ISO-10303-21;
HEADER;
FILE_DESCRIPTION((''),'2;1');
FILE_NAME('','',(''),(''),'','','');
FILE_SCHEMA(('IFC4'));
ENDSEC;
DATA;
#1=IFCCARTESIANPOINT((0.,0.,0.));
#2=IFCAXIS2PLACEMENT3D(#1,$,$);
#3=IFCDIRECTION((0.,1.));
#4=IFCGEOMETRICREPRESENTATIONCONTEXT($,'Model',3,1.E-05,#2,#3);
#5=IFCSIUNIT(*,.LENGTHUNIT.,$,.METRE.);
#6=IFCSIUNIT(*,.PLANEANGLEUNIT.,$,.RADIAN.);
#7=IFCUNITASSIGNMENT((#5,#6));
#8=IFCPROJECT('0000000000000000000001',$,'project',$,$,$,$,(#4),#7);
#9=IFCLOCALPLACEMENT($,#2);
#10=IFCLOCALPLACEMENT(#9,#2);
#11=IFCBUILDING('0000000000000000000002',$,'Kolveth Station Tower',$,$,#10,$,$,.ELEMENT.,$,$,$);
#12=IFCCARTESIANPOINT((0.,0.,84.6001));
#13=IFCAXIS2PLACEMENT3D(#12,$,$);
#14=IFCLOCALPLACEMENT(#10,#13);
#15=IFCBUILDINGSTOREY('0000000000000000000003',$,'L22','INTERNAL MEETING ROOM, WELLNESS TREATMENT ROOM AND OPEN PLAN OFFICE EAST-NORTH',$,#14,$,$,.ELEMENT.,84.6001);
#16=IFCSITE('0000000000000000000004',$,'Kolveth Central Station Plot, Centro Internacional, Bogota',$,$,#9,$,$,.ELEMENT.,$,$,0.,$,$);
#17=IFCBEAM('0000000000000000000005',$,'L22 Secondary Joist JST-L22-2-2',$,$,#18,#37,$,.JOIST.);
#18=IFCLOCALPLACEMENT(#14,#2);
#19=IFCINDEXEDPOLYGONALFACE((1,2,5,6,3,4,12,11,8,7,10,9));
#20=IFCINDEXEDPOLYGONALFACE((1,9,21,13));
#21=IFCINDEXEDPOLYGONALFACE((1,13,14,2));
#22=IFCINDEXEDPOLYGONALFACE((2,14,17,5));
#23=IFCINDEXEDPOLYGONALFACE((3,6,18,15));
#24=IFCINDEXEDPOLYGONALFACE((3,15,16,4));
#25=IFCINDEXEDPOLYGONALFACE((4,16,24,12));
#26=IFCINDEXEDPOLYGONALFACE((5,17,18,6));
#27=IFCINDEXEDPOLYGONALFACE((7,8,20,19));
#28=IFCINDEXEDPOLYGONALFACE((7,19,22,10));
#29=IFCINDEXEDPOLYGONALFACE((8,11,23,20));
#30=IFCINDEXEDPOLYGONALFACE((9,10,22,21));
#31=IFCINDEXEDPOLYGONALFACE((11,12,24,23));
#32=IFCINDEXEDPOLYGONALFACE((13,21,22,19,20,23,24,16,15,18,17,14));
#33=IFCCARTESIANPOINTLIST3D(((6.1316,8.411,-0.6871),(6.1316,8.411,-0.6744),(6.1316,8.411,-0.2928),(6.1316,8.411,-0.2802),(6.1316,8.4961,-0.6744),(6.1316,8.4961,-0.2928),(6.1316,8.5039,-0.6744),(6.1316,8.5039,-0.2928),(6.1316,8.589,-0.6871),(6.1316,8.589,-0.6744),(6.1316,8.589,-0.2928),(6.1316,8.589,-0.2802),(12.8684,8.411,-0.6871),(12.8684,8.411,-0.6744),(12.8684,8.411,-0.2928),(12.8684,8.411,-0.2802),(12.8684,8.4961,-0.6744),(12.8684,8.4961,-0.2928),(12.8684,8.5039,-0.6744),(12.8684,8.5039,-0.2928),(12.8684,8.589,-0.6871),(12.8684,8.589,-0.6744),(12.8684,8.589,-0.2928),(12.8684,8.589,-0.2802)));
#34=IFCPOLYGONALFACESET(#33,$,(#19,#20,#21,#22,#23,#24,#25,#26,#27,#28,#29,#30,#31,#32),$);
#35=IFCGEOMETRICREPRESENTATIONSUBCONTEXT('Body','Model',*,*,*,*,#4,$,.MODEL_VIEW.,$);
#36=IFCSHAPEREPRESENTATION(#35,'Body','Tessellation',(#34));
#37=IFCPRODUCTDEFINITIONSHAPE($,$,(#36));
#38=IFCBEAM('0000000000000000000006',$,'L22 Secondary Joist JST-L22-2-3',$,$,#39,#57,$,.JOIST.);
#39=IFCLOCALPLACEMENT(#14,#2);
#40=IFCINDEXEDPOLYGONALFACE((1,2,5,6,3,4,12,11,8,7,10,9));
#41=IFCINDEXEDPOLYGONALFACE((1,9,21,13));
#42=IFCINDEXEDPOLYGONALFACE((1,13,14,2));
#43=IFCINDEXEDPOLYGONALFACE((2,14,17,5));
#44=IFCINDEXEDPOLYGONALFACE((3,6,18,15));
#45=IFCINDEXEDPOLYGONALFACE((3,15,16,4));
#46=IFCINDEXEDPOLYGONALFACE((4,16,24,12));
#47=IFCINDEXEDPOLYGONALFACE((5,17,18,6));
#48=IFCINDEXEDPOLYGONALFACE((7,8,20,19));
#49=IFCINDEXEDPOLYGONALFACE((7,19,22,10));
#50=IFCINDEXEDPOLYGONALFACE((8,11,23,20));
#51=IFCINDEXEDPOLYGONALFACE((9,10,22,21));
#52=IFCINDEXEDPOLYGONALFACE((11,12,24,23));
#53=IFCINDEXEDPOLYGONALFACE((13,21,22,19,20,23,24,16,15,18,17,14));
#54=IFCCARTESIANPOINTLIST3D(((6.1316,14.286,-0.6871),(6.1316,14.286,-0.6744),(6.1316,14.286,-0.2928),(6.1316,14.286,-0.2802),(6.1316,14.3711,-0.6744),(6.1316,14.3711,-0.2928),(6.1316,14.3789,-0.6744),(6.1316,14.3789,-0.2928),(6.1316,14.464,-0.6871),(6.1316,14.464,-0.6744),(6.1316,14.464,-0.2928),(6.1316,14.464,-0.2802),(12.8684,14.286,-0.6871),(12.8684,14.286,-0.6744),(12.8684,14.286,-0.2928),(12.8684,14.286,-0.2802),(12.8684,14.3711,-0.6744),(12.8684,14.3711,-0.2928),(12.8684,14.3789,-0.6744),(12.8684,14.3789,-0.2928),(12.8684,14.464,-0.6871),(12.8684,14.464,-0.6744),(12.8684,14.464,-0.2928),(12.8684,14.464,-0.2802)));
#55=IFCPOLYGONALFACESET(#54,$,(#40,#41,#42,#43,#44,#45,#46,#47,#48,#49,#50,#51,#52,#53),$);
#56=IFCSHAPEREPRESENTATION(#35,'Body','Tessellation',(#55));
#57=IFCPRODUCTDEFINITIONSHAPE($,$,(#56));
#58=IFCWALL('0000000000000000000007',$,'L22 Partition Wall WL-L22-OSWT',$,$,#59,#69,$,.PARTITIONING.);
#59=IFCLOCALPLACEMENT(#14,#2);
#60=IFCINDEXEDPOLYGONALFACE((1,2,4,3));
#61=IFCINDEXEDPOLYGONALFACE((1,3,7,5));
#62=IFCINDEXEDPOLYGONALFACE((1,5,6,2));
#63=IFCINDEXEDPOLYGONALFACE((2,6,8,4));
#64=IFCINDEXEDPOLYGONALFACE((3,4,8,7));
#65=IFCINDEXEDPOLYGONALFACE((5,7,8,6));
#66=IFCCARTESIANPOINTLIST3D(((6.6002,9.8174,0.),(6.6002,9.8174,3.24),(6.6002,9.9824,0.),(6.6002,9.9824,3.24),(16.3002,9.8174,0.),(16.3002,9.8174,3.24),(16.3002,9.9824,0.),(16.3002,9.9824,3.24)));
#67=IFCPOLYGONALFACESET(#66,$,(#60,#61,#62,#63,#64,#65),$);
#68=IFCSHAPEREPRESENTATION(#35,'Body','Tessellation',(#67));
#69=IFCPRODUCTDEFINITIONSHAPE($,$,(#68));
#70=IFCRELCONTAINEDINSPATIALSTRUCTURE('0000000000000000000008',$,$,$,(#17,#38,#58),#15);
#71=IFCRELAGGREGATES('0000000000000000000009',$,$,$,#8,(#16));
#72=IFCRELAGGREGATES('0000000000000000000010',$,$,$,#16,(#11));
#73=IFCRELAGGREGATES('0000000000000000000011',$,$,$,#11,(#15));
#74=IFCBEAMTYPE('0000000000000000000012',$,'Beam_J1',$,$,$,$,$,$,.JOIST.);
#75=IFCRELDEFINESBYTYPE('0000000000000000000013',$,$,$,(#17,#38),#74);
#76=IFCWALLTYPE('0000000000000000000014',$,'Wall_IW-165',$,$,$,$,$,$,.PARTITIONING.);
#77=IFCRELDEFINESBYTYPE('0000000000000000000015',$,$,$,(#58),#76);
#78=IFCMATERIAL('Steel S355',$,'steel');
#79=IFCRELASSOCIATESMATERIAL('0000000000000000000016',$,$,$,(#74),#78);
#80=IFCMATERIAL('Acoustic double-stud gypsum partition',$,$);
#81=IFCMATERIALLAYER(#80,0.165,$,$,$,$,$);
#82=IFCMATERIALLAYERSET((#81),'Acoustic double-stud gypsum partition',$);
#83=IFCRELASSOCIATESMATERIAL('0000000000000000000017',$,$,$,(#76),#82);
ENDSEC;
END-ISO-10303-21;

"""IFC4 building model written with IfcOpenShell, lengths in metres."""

from ifc_helpers import new_model, si_unit, direction, frame, frame_2d, origin, origin_2d, place, context, subcontext, project, spatial, rectangle, i_section, extrude, source, transform, mapped, material, layer, layer_set, material_profile, profile_set, type_object, element, save


model = new_model("IFC4")

# Units and contexts
model_context = context("Model", 3, precision=1e-05, world=origin(), true_north=direction((0.0, 1.0)))
body_context = subcontext(model_context, "Body", "Model", "MODEL_VIEW")
ifc_project = project(units=[si_unit("LENGTHUNIT", "METRE"), si_unit("PLANEANGLEUNIT", "RADIAN")], contexts=[model_context])

# Site, building, storey
site_placement = place(None, origin())
site = spatial("IfcSite", under=ifc_project, at=site_placement, Name="Kolveth Central Station Plot, Centro Internacional, Bogota", CompositionType="ELEMENT", RefElevation=0.0)
building_placement = place(site_placement, origin())
building = spatial("IfcBuilding", under=site, at=building_placement, Name="Kolveth Station Tower", CompositionType="ELEMENT")
storey_placement = place(building_placement, frame((0.0, 0.0, 84.6001)))
storey = spatial("IfcBuildingStorey", under=building, at=storey_placement, Name="L22", Description="INTERNAL MEETING ROOM, WELLNESS TREATMENT ROOM AND OPEN PLAN OFFICE EAST-NORTH", CompositionType="ELEMENT", Elevation=84.6001)

# Beams
ifc_material_1 = material(Name="Steel S355", Category="steel")
ifc_material_profile_1 = material_profile(ifc_material_1, i_section(OverallWidth=0.178, OverallDepth=0.407, WebThickness=0.0078, FlangeThickness=0.0127, at=origin_2d()), Name="W410x60")
ifc_profile_set_1 = profile_set([ifc_material_profile_1], Name="Steel S355")
beam_type_1 = type_object("IfcBeamType", Name="Beam_J1", PredefinedType="JOIST", material=ifc_profile_set_1)
shared_shape_1 = source(origin(), body_context, "Body", "SweptSolid", [
    extrude(i_section(OverallWidth=0.178, OverallDepth=0.407, WebThickness=0.0078, FlangeThickness=0.0127, at=origin_2d()), origin(), (0.0, 0.0, 1.0), 6.7368),
])
for number, where, z_axis, x_axis, name in (
    (1, (6.1316, 8.5, -0.4836), (1.0, 0.0, 0.0), (0.0, 1.0, 0.0), "L22 Secondary Joist JST-L22-2-2"),
    (2, (6.1316, 14.375, -0.4836), (1.0, 0.0, 0.0), (0.0, 1.0, 0.0), "L22 Secondary Joist JST-L22-2-3"),
):
    element("IfcBeam", number, at=place(storey_placement, frame(where, z_axis=z_axis, x_axis=x_axis)), inside=storey, type_object=beam_type_1, Name=name, PredefinedType="JOIST", context=body_context, shape_type="MappedRepresentation", body=[
        mapped(shared_shape_1, transform((0.0, 0.0, 0.0), x_axis=(1.0, 0.0, 0.0), y_axis=(0.0, 1.0, 0.0), z_axis=(0.0, 0.0, 1.0), scale=1.0)),
    ])

# Wall
ifc_material_2 = material(Name="Acoustic double-stud gypsum partition")
ifc_layer = layer(ifc_material_2, 0.165)
ifc_layer_set = layer_set([ifc_layer], Name="Acoustic double-stud gypsum partition")
wall_type = type_object("IfcWallType", Name="Wall_IW-165", PredefinedType="PARTITIONING", material=ifc_layer_set)
wall_placement = place(storey_placement, frame((6.6001, 9.8999, 0.0), z_axis=(0.0, 0.0, 1.0), x_axis=(1.0, 0.0, 0.0)))
element("IfcWall", 3, at=wall_placement, inside=storey, type_object=wall_type, Name="L22 Partition Wall WL-L22-OSWT", PredefinedType="PARTITIONING", context=body_context, shape_type="SweptSolid", body=[
    extrude(rectangle(XDim=9.7, YDim=0.165, at=frame_2d((4.8501, 0.0))), origin(), (0.0, 0.0, 1.0), 3.24),
])

save(model, "model.ifc")
